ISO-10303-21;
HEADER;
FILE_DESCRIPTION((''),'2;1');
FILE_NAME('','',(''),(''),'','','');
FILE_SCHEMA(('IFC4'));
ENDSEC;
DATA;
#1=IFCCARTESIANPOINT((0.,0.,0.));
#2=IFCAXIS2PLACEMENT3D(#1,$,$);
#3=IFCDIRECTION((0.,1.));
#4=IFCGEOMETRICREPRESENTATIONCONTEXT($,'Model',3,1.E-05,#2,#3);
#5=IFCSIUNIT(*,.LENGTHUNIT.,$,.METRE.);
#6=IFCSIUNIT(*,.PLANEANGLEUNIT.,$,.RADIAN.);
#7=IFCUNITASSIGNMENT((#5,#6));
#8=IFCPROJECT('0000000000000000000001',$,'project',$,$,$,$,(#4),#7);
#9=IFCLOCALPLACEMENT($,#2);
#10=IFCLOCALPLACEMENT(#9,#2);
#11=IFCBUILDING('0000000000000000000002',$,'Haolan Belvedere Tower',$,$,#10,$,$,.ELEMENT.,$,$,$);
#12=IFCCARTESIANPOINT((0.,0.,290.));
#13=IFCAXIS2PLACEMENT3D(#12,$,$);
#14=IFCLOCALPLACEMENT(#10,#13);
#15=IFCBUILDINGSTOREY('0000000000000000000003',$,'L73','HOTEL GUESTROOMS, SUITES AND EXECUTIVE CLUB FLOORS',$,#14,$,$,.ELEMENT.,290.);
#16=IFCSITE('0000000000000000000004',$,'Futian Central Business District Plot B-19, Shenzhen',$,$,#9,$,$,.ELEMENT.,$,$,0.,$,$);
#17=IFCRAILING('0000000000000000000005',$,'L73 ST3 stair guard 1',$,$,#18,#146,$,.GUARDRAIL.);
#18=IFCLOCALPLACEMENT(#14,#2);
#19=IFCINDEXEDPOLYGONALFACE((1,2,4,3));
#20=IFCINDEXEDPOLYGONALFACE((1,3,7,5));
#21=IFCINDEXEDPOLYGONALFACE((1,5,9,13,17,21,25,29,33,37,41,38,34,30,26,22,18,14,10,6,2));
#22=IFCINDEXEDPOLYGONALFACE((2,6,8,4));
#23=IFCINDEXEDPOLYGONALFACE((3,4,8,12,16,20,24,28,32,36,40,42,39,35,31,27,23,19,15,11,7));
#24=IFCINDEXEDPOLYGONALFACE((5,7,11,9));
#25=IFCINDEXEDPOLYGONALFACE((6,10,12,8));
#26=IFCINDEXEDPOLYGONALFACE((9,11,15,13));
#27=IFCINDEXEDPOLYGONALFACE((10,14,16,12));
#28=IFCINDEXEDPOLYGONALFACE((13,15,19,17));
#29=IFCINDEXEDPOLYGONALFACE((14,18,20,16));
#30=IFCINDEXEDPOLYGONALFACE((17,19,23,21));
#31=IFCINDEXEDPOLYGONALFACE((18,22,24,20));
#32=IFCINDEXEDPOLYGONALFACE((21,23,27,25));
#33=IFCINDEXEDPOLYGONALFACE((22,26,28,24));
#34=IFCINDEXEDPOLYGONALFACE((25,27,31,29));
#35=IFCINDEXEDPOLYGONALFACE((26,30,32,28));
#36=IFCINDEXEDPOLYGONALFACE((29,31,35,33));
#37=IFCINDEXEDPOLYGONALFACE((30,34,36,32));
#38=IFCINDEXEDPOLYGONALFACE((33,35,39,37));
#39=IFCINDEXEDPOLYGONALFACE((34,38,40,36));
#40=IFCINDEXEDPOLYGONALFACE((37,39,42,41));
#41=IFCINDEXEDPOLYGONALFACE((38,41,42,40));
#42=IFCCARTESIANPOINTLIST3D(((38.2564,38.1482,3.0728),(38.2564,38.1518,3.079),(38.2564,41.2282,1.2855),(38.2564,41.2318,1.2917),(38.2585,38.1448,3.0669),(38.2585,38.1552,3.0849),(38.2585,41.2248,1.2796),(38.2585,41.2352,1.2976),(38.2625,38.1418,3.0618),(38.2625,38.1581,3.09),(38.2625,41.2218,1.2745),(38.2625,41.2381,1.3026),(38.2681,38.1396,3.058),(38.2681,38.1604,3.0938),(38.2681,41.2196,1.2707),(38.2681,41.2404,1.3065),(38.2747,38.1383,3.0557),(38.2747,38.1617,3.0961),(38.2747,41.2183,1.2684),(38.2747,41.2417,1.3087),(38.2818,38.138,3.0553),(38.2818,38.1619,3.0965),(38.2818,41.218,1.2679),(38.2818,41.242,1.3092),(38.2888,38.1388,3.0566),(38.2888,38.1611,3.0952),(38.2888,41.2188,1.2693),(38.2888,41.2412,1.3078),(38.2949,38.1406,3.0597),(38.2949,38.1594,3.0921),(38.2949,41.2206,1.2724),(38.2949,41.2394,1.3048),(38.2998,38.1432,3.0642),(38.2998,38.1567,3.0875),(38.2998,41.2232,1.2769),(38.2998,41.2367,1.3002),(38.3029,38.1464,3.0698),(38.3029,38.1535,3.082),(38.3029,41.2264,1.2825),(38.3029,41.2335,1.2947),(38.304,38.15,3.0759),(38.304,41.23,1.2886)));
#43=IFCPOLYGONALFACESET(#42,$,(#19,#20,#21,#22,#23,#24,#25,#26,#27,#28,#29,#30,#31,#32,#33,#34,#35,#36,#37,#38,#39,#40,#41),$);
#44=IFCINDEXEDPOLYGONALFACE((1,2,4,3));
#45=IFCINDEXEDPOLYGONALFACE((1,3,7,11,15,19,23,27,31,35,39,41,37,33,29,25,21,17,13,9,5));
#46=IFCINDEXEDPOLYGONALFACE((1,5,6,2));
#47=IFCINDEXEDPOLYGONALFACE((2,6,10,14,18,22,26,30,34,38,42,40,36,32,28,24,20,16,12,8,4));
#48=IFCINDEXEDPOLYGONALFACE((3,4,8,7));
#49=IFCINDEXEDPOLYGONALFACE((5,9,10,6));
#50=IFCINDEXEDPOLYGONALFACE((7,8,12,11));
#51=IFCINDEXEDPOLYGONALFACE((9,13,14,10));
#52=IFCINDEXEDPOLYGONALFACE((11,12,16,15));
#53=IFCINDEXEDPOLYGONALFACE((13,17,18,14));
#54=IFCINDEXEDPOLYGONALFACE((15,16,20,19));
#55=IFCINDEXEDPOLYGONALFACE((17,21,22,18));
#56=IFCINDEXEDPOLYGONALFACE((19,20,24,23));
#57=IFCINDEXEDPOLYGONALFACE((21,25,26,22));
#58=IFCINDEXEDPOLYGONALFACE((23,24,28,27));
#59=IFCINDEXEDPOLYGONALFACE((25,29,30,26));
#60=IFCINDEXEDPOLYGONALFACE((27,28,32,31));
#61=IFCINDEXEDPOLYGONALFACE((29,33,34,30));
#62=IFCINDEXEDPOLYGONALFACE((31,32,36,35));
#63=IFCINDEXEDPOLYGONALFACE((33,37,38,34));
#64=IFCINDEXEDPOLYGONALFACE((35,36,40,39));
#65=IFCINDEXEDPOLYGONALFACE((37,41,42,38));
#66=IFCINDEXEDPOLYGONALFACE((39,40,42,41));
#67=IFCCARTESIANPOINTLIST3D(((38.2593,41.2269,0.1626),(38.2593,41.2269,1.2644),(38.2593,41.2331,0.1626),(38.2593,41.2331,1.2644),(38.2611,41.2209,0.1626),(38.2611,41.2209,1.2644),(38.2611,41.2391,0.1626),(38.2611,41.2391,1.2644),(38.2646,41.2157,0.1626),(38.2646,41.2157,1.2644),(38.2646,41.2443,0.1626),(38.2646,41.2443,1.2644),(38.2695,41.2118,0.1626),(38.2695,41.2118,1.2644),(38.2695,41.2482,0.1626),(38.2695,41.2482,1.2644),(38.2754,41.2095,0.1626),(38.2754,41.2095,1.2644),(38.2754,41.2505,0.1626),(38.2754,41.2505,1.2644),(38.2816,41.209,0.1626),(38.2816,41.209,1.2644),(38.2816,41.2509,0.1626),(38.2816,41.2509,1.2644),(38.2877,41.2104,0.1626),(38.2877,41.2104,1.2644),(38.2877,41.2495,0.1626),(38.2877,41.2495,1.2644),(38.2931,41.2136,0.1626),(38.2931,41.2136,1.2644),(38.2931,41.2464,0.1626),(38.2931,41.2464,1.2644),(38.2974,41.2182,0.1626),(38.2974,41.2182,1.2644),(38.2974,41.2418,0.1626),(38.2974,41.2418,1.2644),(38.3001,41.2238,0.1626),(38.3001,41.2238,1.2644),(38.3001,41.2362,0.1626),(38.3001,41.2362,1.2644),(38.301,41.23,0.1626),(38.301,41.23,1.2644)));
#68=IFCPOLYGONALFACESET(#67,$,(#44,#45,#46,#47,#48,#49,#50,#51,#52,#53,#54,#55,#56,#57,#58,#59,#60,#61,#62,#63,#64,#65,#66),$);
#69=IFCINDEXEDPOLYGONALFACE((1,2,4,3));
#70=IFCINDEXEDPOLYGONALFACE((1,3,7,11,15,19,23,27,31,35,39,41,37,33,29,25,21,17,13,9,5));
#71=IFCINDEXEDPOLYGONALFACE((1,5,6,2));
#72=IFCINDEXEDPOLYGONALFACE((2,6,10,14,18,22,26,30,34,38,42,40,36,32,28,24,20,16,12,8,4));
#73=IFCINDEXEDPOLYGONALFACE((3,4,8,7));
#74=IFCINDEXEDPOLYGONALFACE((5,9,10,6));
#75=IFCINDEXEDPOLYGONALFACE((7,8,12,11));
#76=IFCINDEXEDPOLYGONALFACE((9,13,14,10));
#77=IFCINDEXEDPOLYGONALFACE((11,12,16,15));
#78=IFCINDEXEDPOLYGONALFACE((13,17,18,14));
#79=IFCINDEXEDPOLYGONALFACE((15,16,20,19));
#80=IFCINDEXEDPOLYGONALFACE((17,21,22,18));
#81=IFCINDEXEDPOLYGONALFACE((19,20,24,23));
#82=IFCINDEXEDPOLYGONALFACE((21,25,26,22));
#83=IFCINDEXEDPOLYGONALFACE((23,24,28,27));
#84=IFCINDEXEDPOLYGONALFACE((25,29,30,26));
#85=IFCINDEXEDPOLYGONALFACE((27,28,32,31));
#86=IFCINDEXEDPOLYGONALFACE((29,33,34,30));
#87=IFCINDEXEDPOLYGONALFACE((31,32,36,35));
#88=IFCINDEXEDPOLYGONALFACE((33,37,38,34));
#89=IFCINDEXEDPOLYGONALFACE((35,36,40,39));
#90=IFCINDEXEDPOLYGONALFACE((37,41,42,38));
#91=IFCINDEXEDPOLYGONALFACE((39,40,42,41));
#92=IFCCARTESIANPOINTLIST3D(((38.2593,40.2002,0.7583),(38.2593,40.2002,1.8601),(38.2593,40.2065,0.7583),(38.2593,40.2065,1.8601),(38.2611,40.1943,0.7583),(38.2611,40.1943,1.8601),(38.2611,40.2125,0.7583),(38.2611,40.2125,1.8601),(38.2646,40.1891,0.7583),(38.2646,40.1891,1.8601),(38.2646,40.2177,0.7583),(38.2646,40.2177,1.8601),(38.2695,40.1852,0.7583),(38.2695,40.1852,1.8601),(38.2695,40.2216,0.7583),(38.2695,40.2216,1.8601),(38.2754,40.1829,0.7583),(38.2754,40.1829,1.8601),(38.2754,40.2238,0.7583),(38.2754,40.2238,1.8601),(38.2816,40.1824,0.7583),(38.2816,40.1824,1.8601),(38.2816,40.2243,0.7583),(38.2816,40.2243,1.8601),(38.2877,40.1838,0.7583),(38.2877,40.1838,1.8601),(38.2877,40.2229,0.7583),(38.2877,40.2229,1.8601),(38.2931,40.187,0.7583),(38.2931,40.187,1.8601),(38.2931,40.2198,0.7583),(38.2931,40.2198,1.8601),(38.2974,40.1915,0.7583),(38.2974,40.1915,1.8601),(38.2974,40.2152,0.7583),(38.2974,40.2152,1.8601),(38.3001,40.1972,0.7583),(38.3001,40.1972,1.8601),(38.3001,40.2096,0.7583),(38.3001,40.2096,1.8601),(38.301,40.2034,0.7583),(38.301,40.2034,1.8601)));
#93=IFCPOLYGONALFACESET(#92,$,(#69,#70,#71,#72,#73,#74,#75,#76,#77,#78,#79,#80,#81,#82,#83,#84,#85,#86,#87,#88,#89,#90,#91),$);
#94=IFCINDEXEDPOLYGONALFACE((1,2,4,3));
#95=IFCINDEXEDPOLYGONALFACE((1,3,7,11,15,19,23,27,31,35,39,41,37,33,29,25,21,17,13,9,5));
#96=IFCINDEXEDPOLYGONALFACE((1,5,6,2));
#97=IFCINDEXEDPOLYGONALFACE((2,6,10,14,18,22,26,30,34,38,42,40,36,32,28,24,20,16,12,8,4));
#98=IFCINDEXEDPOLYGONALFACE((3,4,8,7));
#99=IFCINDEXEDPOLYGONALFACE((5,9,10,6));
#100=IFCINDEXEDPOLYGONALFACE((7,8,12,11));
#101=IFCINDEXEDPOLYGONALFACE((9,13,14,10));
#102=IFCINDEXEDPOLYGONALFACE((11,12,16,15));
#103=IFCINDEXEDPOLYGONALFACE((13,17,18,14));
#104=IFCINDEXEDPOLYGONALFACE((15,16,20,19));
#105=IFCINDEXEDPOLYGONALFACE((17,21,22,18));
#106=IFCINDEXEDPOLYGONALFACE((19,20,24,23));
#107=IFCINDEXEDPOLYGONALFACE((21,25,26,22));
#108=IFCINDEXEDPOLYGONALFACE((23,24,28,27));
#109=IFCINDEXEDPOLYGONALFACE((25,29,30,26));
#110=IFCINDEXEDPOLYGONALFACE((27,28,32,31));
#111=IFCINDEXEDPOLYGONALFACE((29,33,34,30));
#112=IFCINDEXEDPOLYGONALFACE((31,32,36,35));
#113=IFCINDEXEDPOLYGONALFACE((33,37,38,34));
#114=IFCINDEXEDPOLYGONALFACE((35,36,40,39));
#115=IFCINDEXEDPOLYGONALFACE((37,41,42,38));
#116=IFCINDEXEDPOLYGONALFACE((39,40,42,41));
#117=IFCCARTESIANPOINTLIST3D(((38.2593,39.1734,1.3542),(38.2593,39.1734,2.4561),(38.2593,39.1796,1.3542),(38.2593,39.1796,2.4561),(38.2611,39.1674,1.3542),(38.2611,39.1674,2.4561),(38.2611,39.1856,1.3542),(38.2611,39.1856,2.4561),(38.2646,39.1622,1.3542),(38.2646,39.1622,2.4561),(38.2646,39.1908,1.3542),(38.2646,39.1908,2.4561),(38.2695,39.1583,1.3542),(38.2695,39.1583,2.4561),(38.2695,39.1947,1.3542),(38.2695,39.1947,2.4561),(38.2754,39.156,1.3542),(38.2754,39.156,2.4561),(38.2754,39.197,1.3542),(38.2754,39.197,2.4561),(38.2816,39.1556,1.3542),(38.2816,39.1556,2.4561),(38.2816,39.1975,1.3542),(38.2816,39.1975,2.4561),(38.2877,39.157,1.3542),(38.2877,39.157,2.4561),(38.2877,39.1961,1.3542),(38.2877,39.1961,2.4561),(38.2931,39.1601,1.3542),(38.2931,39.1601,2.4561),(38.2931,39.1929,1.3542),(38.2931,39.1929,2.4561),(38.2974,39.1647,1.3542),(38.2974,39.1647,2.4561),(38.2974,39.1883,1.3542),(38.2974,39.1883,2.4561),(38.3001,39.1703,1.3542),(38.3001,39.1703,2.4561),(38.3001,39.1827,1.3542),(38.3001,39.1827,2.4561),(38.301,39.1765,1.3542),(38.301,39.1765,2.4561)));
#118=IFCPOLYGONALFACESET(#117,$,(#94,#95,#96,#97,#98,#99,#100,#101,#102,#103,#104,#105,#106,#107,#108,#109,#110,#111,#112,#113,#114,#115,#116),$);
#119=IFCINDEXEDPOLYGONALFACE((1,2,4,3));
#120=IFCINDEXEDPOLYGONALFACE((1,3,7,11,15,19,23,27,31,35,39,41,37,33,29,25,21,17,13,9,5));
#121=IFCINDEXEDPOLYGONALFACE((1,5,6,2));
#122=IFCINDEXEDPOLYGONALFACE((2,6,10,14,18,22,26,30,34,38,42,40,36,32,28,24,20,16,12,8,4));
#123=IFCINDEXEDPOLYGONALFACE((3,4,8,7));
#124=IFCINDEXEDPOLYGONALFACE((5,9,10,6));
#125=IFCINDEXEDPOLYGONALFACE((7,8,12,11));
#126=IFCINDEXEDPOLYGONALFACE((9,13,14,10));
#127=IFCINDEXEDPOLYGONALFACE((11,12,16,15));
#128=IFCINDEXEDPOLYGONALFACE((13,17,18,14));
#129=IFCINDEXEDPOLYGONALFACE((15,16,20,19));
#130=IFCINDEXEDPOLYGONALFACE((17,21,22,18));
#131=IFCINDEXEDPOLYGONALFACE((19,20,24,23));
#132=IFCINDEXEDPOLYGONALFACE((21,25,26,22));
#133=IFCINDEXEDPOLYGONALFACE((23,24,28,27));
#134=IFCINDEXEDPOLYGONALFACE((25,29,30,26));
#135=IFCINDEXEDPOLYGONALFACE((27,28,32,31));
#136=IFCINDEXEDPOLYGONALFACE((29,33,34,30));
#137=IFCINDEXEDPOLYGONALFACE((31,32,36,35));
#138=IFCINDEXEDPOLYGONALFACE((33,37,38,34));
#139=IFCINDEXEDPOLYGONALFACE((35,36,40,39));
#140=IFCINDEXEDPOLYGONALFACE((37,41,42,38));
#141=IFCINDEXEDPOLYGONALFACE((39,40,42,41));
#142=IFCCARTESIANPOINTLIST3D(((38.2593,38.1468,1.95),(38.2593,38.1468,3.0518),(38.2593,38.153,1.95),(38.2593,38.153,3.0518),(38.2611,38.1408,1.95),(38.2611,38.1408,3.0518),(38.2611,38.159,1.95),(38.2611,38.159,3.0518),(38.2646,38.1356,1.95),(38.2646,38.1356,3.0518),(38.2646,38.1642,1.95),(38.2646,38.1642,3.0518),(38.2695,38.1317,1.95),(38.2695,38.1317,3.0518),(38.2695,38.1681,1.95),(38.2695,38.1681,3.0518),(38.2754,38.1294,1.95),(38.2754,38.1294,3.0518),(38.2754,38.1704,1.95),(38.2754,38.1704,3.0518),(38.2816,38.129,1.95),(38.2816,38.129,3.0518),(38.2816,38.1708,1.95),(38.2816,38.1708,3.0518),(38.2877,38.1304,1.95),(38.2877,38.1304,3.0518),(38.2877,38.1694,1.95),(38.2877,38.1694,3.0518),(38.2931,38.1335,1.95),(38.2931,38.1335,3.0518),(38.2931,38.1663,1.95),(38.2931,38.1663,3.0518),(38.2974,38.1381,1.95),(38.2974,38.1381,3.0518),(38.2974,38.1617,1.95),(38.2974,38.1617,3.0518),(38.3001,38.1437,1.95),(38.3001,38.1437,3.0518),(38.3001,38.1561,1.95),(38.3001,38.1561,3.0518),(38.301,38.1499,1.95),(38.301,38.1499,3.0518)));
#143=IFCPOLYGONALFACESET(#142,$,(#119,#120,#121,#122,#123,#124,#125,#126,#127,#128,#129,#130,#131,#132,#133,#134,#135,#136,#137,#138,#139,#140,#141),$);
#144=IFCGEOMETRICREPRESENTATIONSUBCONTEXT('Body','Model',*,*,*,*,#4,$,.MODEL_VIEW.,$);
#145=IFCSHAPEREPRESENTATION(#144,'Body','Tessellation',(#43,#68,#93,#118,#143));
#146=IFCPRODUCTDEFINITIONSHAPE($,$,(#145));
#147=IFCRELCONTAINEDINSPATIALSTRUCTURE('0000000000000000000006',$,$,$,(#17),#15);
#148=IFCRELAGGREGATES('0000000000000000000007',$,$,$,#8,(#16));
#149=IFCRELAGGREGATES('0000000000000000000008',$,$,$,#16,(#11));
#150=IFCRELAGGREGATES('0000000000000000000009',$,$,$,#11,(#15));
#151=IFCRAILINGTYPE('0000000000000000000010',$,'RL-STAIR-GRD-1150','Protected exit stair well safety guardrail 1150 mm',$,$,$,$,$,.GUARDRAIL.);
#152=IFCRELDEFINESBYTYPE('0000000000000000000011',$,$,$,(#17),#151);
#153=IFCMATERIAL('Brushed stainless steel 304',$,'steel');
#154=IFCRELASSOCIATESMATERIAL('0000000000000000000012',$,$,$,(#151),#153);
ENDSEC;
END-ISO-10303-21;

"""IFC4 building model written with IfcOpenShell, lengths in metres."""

from ifc_helpers import new_model, si_unit, direction, frame, origin, origin_2d, place, context, subcontext, project, spatial, circle, extrude, material, type_object, element, save


model = new_model("IFC4")

# Units and contexts
model_context = context("Model", 3, precision=1e-05, world=origin(), true_north=direction((0.0, 1.0)))
body_context = subcontext(model_context, "Body", "Model", "MODEL_VIEW")
ifc_project = project(units=[si_unit("LENGTHUNIT", "METRE"), si_unit("PLANEANGLEUNIT", "RADIAN")], contexts=[model_context])

# Site, building, storey
site_placement = place(None, origin())
site = spatial("IfcSite", under=ifc_project, at=site_placement, Name="Futian Central Business District Plot B-19, Shenzhen", CompositionType="ELEMENT", RefElevation=0.0)
building_placement = place(site_placement, origin())
building = spatial("IfcBuilding", under=site, at=building_placement, Name="Haolan Belvedere Tower", CompositionType="ELEMENT")
storey_placement = place(building_placement, frame((0.0, 0.0, 290.0)))
storey = spatial("IfcBuildingStorey", under=building, at=storey_placement, Name="L73", Description="HOTEL GUESTROOMS, SUITES AND EXECUTIVE CLUB FLOORS", CompositionType="ELEMENT", Elevation=290.0)

# Railing
ifc_material_1 = material(Name="Brushed stainless steel 304", Category="steel")
railing_type_1 = type_object("IfcRailingType", Name="RL-STAIR-GRD-1150", Description="Protected exit stair well safety guardrail 1150 mm", PredefinedType="GUARDRAIL", material=ifc_material_1)
railing_1_placement = place(storey_placement, frame((38.28, 41.23, 0.1626)))
element("IfcRailing", 1, at=railing_1_placement, inside=storey, type_object=railing_type_1, Name="L73 ST3 stair guard 1", PredefinedType="GUARDRAIL", context=body_context, shape_type="SweptSolid", body=[
    extrude(circle(Radius=0.0239, at=origin_2d()), frame((0.0, 0.0, 1.126), z_axis=(0.0, -0.86492, 0.501909), x_axis=(1.0, 0.0, 0.0)), (0.0, 0.0, 1.0), 3.561),
    extrude(circle(Radius=0.021, at=origin_2d()), origin(), (0.0, 0.0, 1.0), 1.1018),
    extrude(circle(Radius=0.021, at=origin_2d()), frame((0.0, -1.0266, 0.5957)), (0.0, 0.0, 1.0), 1.1018),
    extrude(circle(Radius=0.021, at=origin_2d()), frame((0.0, -2.0535, 1.1917)), (0.0, 0.0, 1.0), 1.1018),
    extrude(circle(Radius=0.021, at=origin_2d()), frame((0.0, -3.0801, 1.7874)), (0.0, 0.0, 1.0), 1.1018),
])

save(model, "model.ifc")
